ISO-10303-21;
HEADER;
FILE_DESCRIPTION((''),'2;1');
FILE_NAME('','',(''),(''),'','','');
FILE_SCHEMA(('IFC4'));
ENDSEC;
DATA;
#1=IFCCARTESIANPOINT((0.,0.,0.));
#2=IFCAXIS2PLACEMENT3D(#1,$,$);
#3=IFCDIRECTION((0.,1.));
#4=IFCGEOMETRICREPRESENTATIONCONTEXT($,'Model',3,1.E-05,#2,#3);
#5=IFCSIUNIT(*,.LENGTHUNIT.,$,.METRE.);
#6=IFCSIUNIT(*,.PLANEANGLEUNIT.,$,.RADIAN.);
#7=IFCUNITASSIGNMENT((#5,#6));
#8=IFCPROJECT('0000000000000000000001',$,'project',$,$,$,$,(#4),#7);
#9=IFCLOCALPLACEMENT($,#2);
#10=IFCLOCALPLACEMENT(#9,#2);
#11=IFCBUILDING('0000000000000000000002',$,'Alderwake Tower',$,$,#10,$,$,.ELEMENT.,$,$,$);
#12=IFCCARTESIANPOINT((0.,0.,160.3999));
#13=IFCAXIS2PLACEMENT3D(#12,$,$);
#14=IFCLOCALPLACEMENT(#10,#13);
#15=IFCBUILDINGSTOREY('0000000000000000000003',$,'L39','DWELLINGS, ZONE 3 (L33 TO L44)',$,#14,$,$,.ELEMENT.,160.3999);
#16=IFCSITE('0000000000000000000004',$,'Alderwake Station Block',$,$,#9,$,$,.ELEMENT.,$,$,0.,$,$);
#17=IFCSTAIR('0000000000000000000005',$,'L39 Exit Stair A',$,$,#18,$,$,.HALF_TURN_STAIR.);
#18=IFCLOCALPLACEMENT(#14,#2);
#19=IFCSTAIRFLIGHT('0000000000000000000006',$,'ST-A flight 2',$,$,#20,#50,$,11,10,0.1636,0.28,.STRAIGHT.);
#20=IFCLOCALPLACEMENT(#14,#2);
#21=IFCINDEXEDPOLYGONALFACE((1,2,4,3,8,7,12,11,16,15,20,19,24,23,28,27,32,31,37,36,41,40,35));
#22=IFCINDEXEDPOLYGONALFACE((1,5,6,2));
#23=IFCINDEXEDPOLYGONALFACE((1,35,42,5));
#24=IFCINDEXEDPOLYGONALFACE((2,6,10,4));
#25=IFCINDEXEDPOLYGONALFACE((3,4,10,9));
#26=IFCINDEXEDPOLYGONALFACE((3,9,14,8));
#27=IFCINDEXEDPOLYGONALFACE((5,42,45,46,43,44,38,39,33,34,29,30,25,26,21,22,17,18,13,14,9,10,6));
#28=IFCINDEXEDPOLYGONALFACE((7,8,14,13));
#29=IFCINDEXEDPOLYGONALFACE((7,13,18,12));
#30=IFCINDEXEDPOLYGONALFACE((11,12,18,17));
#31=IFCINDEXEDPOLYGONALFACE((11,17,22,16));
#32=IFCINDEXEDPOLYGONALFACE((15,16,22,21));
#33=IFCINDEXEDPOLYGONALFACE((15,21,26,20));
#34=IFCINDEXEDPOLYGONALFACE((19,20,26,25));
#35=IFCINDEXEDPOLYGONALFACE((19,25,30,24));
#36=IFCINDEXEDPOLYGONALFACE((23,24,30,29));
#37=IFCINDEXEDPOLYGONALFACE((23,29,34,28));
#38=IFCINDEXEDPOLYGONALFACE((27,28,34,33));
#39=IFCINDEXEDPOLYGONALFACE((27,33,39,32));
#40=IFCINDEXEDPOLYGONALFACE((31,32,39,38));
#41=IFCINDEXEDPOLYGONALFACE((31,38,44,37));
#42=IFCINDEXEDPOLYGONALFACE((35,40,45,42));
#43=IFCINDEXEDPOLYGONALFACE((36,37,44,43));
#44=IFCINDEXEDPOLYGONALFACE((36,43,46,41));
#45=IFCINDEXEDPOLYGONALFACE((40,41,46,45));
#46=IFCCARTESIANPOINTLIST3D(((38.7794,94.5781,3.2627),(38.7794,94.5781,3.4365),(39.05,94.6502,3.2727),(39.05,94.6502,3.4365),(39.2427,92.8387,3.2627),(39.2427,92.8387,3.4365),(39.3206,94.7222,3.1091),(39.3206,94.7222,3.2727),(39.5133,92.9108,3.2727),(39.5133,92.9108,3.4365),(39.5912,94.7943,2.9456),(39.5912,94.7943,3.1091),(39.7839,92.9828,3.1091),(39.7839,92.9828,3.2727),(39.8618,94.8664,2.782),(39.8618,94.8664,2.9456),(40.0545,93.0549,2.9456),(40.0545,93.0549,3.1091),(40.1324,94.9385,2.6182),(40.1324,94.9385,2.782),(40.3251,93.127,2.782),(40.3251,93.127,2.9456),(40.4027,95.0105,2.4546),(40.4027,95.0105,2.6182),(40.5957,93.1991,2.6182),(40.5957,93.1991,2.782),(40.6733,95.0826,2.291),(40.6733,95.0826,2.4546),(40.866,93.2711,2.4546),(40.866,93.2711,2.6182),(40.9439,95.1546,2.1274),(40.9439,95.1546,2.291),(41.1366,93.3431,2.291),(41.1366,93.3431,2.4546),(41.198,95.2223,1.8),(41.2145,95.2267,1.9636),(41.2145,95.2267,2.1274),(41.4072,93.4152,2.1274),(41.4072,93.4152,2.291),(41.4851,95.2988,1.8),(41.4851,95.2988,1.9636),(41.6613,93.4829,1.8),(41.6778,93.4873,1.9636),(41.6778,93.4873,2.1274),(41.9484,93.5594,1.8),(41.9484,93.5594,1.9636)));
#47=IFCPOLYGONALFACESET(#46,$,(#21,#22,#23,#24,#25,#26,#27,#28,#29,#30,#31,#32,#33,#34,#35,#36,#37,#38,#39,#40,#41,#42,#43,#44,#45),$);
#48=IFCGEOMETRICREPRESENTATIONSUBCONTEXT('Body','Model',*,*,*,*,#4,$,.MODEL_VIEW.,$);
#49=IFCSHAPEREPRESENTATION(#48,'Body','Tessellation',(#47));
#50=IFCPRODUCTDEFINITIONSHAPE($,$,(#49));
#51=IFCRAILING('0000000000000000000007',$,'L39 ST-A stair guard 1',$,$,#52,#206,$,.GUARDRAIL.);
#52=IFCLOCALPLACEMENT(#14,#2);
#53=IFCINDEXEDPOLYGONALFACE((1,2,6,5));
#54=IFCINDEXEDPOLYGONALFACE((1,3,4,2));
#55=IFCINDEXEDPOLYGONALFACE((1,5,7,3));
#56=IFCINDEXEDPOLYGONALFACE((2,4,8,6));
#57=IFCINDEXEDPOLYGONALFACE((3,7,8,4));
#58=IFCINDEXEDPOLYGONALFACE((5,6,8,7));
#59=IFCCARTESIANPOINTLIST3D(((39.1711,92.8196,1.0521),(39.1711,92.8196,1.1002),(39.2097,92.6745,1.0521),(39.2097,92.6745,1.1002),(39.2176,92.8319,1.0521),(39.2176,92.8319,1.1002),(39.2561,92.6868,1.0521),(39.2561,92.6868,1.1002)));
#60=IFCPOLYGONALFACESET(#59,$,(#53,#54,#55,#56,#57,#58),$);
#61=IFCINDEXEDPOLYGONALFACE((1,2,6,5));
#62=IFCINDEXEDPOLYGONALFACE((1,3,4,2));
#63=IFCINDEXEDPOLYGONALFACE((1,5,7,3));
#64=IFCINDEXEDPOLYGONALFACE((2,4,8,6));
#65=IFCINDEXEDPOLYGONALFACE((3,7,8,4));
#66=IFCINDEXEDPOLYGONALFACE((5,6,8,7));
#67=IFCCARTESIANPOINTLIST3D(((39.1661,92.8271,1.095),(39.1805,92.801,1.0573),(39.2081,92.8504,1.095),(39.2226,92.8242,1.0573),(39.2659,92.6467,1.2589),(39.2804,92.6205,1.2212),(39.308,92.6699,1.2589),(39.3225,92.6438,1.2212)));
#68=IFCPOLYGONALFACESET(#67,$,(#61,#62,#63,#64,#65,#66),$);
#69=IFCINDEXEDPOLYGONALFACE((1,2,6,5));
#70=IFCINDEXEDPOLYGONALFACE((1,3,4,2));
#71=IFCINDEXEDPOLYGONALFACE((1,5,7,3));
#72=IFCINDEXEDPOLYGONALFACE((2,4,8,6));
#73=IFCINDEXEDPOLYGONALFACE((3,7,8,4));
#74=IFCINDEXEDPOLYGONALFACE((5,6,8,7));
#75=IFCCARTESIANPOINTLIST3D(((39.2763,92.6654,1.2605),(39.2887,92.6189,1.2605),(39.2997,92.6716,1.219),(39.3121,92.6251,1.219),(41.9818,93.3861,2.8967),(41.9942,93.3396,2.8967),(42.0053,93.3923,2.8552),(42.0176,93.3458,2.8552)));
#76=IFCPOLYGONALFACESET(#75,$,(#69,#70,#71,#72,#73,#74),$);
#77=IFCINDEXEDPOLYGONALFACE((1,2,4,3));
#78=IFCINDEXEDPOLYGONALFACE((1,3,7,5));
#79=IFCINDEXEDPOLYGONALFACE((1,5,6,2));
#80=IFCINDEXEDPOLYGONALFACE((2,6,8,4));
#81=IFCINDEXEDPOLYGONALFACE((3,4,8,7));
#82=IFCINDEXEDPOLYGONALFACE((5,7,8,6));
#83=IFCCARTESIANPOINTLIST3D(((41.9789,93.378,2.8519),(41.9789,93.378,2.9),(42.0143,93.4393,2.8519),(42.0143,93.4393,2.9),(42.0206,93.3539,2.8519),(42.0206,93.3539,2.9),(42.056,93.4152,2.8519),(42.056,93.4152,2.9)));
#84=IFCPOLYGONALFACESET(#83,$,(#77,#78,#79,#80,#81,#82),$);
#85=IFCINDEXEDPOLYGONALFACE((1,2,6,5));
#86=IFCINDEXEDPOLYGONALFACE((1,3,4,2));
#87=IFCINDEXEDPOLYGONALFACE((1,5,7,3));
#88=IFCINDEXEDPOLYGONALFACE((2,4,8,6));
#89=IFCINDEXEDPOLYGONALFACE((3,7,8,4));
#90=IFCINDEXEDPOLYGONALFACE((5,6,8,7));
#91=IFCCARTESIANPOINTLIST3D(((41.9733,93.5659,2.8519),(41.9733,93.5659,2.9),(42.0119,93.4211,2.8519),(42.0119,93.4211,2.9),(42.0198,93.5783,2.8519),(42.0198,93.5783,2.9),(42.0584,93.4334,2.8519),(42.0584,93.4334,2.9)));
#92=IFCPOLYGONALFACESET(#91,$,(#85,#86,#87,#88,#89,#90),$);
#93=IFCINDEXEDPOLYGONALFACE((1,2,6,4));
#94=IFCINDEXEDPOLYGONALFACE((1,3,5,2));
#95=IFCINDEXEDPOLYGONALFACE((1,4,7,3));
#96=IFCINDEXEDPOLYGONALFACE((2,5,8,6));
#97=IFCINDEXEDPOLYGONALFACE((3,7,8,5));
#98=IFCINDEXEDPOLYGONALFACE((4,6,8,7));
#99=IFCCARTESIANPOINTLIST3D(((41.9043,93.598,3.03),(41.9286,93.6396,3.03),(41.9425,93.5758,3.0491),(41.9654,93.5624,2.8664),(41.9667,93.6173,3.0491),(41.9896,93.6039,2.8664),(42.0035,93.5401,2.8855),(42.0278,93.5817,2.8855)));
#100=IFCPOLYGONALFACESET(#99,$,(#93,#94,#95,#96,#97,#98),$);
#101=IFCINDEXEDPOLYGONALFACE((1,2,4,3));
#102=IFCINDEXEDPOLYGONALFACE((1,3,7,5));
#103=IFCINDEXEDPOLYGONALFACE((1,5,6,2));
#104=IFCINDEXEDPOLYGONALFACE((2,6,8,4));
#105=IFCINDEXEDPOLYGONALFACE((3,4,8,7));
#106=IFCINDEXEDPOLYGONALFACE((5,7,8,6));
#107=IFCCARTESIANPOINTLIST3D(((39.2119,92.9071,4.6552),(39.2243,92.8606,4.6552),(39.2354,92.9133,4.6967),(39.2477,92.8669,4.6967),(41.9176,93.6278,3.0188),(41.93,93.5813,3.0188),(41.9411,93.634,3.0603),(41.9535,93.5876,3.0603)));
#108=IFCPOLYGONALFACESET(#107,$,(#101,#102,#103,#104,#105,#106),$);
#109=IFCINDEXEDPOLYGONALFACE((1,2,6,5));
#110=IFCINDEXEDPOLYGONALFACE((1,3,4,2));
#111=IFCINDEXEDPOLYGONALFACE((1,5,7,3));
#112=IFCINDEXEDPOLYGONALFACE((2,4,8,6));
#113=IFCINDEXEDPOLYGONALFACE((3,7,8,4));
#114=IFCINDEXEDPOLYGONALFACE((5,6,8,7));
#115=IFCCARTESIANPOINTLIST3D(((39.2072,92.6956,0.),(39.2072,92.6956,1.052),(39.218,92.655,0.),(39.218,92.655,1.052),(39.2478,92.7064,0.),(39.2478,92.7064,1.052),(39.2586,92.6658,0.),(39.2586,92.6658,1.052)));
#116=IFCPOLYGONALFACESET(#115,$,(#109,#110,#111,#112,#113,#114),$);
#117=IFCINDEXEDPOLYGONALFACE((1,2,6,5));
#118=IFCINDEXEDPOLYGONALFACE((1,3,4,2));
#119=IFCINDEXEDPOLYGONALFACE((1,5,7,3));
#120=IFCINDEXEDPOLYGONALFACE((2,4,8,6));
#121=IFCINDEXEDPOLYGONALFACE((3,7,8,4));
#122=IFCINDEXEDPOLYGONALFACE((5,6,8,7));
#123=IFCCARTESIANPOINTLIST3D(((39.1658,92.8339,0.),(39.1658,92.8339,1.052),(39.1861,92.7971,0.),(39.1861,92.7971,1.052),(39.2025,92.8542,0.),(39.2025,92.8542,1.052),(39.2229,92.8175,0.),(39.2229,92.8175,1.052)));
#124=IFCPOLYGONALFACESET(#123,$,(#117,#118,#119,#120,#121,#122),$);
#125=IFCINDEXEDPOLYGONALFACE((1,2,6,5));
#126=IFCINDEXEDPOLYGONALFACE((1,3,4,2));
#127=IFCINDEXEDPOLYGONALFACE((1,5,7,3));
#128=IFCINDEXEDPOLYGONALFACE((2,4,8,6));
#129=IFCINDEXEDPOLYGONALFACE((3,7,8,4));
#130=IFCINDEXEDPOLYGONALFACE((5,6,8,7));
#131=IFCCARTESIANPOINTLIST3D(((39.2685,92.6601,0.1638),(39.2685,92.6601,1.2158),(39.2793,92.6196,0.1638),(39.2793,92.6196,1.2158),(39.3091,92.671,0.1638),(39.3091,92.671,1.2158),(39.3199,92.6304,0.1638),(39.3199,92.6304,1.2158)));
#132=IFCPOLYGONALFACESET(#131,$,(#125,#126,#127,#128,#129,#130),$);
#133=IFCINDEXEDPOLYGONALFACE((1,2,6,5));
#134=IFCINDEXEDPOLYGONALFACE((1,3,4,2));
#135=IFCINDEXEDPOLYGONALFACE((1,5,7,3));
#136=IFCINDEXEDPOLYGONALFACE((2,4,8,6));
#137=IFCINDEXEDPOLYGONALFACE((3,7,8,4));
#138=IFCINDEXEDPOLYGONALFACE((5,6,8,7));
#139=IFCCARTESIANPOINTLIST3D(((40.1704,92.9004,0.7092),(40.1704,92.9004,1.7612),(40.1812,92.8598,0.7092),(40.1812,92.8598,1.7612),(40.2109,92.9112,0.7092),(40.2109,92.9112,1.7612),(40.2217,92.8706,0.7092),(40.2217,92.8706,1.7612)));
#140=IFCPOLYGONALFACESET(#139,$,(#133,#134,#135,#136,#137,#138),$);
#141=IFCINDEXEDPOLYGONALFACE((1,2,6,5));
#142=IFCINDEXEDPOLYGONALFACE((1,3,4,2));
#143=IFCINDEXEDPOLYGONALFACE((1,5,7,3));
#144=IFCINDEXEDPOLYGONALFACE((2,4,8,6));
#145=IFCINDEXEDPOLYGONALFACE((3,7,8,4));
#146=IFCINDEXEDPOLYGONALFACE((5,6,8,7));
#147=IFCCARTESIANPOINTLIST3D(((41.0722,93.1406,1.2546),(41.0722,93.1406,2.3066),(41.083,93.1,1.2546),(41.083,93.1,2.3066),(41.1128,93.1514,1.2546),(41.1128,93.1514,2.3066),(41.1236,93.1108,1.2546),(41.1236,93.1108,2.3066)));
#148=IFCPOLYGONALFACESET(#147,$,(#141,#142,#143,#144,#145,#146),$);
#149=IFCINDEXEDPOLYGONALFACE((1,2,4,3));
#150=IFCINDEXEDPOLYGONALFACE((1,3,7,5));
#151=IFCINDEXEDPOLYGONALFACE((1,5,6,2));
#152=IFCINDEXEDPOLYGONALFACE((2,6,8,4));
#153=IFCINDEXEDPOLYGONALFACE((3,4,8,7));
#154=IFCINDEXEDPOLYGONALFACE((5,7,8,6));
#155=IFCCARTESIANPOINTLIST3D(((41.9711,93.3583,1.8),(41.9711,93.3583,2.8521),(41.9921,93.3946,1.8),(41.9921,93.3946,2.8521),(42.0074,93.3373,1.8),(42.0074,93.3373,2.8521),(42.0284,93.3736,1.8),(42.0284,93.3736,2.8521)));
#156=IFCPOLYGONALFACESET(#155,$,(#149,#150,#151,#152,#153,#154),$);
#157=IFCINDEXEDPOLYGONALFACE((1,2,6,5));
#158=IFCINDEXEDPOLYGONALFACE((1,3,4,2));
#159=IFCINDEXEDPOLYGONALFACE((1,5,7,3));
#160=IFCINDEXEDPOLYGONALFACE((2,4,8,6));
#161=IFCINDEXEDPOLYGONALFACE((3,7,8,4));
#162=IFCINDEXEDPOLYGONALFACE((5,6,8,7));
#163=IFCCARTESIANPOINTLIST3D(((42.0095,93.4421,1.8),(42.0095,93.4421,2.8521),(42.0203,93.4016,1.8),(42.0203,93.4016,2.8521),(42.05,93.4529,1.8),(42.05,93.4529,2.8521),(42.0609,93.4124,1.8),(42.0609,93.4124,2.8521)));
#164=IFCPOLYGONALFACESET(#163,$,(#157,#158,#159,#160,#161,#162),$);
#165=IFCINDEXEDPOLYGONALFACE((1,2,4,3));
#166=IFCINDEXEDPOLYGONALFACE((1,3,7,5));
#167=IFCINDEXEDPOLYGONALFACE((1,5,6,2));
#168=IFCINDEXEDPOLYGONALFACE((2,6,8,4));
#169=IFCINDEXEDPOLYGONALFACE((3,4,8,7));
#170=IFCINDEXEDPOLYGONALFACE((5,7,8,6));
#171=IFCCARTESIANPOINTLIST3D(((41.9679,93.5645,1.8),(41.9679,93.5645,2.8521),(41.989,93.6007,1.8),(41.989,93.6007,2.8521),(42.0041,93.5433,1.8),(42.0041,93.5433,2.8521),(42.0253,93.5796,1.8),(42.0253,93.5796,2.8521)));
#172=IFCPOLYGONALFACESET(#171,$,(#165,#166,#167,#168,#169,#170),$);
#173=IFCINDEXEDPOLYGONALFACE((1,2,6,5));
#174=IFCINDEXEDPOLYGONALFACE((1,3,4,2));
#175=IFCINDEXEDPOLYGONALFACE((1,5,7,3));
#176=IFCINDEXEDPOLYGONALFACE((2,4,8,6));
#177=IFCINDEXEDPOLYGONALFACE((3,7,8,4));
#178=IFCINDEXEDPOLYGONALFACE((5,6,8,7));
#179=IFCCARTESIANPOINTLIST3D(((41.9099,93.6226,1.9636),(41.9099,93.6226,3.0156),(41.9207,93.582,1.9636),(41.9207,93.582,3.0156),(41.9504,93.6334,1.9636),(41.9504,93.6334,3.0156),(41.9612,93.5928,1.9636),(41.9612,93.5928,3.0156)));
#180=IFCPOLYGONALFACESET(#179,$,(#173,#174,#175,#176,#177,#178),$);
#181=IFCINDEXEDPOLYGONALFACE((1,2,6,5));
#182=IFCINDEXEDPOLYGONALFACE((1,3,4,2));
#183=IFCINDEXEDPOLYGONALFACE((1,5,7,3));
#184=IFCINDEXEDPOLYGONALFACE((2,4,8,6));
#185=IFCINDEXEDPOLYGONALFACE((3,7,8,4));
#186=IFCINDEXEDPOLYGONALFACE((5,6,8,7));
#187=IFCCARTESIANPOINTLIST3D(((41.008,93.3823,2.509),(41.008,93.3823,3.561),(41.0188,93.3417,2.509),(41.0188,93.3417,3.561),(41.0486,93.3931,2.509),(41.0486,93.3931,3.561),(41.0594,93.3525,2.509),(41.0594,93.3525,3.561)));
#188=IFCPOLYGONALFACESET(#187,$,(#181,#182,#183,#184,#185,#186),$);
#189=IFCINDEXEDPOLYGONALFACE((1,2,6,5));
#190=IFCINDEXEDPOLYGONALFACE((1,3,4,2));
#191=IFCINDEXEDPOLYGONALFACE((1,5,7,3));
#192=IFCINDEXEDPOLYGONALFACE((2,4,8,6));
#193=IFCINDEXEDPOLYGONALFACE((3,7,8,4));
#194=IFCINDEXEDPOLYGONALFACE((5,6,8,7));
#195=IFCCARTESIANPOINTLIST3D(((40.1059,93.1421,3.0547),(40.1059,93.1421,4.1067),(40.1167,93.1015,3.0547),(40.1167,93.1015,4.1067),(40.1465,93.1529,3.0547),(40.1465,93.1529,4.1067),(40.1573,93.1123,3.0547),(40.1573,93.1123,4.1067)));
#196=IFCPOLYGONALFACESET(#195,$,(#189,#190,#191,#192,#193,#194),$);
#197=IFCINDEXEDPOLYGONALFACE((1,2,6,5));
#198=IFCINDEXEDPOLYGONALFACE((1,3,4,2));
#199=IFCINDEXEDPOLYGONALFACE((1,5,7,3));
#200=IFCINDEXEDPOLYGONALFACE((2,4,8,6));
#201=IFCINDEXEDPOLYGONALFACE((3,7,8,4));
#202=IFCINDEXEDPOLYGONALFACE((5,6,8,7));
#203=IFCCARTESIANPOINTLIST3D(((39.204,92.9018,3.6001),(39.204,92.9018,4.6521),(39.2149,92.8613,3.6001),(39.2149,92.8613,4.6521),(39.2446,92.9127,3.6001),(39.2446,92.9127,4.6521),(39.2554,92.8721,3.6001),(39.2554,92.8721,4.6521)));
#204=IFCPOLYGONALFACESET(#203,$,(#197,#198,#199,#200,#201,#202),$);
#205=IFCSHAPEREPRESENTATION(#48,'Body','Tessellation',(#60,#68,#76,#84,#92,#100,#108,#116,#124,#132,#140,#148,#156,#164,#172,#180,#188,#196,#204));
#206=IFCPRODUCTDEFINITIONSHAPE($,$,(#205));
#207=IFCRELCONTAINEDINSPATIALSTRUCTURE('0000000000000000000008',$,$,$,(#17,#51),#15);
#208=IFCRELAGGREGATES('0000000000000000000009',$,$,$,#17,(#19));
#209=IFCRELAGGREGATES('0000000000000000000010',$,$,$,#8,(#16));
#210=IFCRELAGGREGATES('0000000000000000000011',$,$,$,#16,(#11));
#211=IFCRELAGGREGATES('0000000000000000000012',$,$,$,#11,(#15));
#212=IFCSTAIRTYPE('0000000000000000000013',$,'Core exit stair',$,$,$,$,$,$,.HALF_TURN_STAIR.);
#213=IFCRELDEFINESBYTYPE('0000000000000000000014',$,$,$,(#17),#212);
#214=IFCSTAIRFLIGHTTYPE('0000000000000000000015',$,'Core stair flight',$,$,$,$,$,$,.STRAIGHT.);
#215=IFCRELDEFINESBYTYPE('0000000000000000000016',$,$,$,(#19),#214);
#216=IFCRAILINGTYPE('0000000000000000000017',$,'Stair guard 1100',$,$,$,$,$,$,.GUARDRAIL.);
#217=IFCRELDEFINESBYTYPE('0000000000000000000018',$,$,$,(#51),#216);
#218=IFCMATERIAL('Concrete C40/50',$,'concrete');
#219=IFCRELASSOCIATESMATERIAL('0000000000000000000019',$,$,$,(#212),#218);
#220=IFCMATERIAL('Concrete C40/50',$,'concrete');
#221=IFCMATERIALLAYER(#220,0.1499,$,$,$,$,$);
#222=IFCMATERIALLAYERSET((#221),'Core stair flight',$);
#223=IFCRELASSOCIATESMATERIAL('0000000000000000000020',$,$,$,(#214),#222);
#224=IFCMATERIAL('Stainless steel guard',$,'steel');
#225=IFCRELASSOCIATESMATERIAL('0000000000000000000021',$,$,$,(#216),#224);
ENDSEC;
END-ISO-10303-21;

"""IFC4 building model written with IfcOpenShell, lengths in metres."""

from ifc_helpers import new_model, si_unit, direction, frame, origin, origin_2d, place, context, subcontext, project, spatial, polyline, rectangle, outline, extrude, material, layer, layer_set, type_object, element, aggregate, save


model = new_model("IFC4")

# Units and contexts
model_context = context("Model", 3, precision=1e-05, world=origin(), true_north=direction((0.0, 1.0)))
body_context = subcontext(model_context, "Body", "Model", "MODEL_VIEW")
ifc_project = project(units=[si_unit("LENGTHUNIT", "METRE"), si_unit("PLANEANGLEUNIT", "RADIAN")], contexts=[model_context])

# Site, building, storey
site_placement = place(None, origin())
site = spatial("IfcSite", under=ifc_project, at=site_placement, Name="Alderwake Station Block", CompositionType="ELEMENT", RefElevation=0.0)
building_placement = place(site_placement, origin())
building = spatial("IfcBuilding", under=site, at=building_placement, Name="Alderwake Tower", CompositionType="ELEMENT")
storey_placement = place(building_placement, frame((0.0, 0.0, 160.3999)))
storey = spatial("IfcBuildingStorey", under=building, at=storey_placement, Name="L39", Description="DWELLINGS, ZONE 3 (L33 TO L44)", CompositionType="ELEMENT", Elevation=160.3999)

# Stair, stair flight
ifc_material_1 = material(Name="Concrete C40/50", Category="concrete")
stair_type = type_object("IfcStairType", Name="Core exit stair", PredefinedType="HALF_TURN_STAIR", material=ifc_material_1)
stair_placement = place(storey_placement, origin())
stair = element("IfcStair", 1, at=stair_placement, inside=storey, type_object=stair_type, Name="L39 Exit Stair A", PredefinedType="HALF_TURN_STAIR")
ifc_material_2 = material(Name="Concrete C40/50", Category="concrete")
ifc_layer_1 = layer(ifc_material_2, 0.1499)
ifc_layer_set_1 = layer_set([ifc_layer_1], Name="Core stair flight")
stair_flight_type = type_object("IfcStairFlightType", Name="Core stair flight", PredefinedType="STRAIGHT", material=ifc_layer_set_1)
stair_flight_1_placement = place(storey_placement, frame((41.7168, 94.429, 1.8), z_axis=(0.0, 0.0, 1.0), x_axis=(-0.96631, -0.257382, 0.0)))
stair_flight_1 = element("IfcStairFlight", 2, at=stair_flight_1_placement, type_object=stair_flight_type, Name="ST-A flight 2", NumberOfRisers=11, NumberOfTreads=10, PredefinedType="STRAIGHT", RiserHeight=0.1636, TreadLength=0.28, context=body_context, shape_type="SweptSolid", body=[
    extrude(outline(polyline([(0.0, 0.0), (0.0, 0.1636), (0.28, 0.1636), (0.28, 0.3274), (0.5601, 0.3274), (0.5601, 0.491), (0.8401, 0.491), (0.8401, 0.6545), (1.1201, 0.6545), (1.1201, 0.8181), (1.3999, 0.8181), (1.3999, 0.9819), (1.6799, 0.9819), (1.6799, 1.1455), (1.96, 1.1455), (1.96, 1.3091), (2.24, 1.3091), (2.24, 1.4727), (2.52, 1.4727), (2.52, 1.6365), (2.8, 1.6365), (2.8, 1.8), (2.8, 1.4626), (0.2971, 0.0), (0.0, 0.0)])), frame((0.0, 0.8999, 0.0), z_axis=(0.0, -1.0, 0.0), x_axis=(1.0, 0.0, 0.0)), (0.0, 0.0, 1.0), 1.8),
])
aggregate(stair, [stair_flight_1])

# Railing
ifc_material_3 = material(Name="Stainless steel guard", Category="steel")
railing_type_1 = type_object("IfcRailingType", Name="Stair guard 1100", PredefinedType="GUARDRAIL", material=ifc_material_3)
railing_1_placement = place(storey_placement, frame((39.2329, 92.6807, 0.0)))
element("IfcRailing", 3, at=railing_1_placement, inside=storey, type_object=railing_type_1, Name="L39 ST-A stair guard 1", PredefinedType="GUARDRAIL", context=body_context, shape_type="SweptSolid", body=[
    extrude(rectangle(XDim=0.0481, YDim=0.0481, at=origin_2d()), frame((0.0, 0.0, 1.0762), z_axis=(-0.257055, 0.966397, 0.0), x_axis=(-0.966397, -0.257055, 0.0)), (0.0, 0.0, 1.0), 0.1501),
    extrude(rectangle(XDim=0.0481, YDim=0.0481, at=origin_2d()), frame((-0.0386, 0.145, 1.0762), z_axis=(0.379152, -0.685069, 0.622032), x_axis=(0.874938, 0.484235, 0.0)), (0.0, 0.0, 1.0), 0.2634),
    extrude(rectangle(XDim=0.0481, YDim=0.0481, at=origin_2d()), frame((0.0613, -0.0354, 1.2397), z_axis=(0.834291, 0.222237, 0.504549), x_axis=(-0.257402, 0.966304, 0.0)), (0.0, 0.0, 1.0), 3.2429),
    extrude(rectangle(XDim=0.0481, YDim=0.0481, at=origin_2d()), frame((2.7668, 0.6853, 2.876), z_axis=(0.50022, 0.865898, 0.0), x_axis=(-0.865898, 0.50022, 0.0)), (0.0, 0.0, 1.0), 0.0708),
    extrude(rectangle(XDim=0.0481, YDim=0.0481, at=origin_2d()), frame((2.8022, 0.7466, 2.876), z_axis=(-0.25746, 0.966289, 0.0), x_axis=(-0.966289, -0.25746, 0.0)), (0.0, 0.0, 1.0), 0.1499),
    extrude(rectangle(XDim=0.0481, YDim=0.0481, at=origin_2d()), frame((2.7637, 0.8914, 2.876), z_axis=(-0.342525, 0.200035, 0.917967), x_axis=(-0.5043, -0.863528, 0.0)), (0.0, 0.0, 1.0), 0.1782),
    extrude(rectangle(XDim=0.0481, YDim=0.0481, at=origin_2d()), frame((2.7026, 0.927, 3.0396), z_axis=(-0.834282, -0.222214, 0.504574), x_axis=(0.25738, -0.96631, 0.0)), (0.0, 0.0, 1.0), 3.2432),
    extrude(rectangle(XDim=0.042, YDim=0.042, at=origin_2d()), frame((0.0, 0.0, 0.0), z_axis=(0.0, 0.0, 1.0), x_axis=(-0.257055, 0.966397, 0.0)), (0.0, 0.0, 1.0), 1.052),
    extrude(rectangle(XDim=0.042, YDim=0.042, at=origin_2d()), frame((-0.0386, 0.145, 0.0), z_axis=(0.0, 0.0, 1.0), x_axis=(0.484235, -0.874938, 0.0)), (0.0, 0.0, 1.0), 1.052),
    extrude(rectangle(XDim=0.042, YDim=0.042, at=origin_2d()), frame((0.0613, -0.0354, 0.1638), z_axis=(0.0, 0.0, 1.0), x_axis=(0.966304, 0.257402, 0.0)), (0.0, 0.0, 1.0), 1.052),
    extrude(rectangle(XDim=0.042, YDim=0.042, at=origin_2d()), frame((0.9631, 0.2048, 0.7092), z_axis=(0.0, 0.0, 1.0), x_axis=(0.966304, 0.257402, 0.0)), (0.0, 0.0, 1.0), 1.052),
    extrude(rectangle(XDim=0.042, YDim=0.042, at=origin_2d()), frame((1.865, 0.4451, 1.2546), z_axis=(0.0, 0.0, 1.0), x_axis=(0.966304, 0.257402, 0.0)), (0.0, 0.0, 1.0), 1.052),
    extrude(rectangle(XDim=0.042, YDim=0.042, at=origin_2d()), frame((2.7668, 0.6853, 1.8), z_axis=(0.0, 0.0, 1.0), x_axis=(0.50022, 0.865898, 0.0)), (0.0, 0.0, 1.0), 1.052),
    extrude(rectangle(XDim=0.042, YDim=0.042, at=origin_2d()), frame((2.8022, 0.7466, 1.8), z_axis=(0.0, 0.0, 1.0), x_axis=(-0.25746, 0.966289, 0.0)), (0.0, 0.0, 1.0), 1.052),
    extrude(rectangle(XDim=0.042, YDim=0.042, at=origin_2d()), frame((2.7637, 0.8914, 1.8), z_axis=(0.0, 0.0, 1.0), x_axis=(-0.863528, 0.5043, 0.0)), (0.0, 0.0, 1.0), 1.052),
    extrude(rectangle(XDim=0.042, YDim=0.042, at=origin_2d()), frame((2.7026, 0.927, 1.9636), z_axis=(0.0, 0.0, 1.0), x_axis=(-0.96631, -0.25738, 0.0)), (0.0, 0.0, 1.0), 1.052),
    extrude(rectangle(XDim=0.042, YDim=0.042, at=origin_2d()), frame((1.8008, 0.6868, 2.509), z_axis=(0.0, 0.0, 1.0), x_axis=(-0.96631, -0.25738, 0.0)), (0.0, 0.0, 1.0), 1.052),
    extrude(rectangle(XDim=0.042, YDim=0.042, at=origin_2d()), frame((0.8987, 0.4465, 3.0547), z_axis=(0.0, 0.0, 1.0), x_axis=(-0.96631, -0.25738, 0.0)), (0.0, 0.0, 1.0), 1.052),
    extrude(rectangle(XDim=0.042, YDim=0.042, at=origin_2d()), frame((-0.0032, 0.2063, 3.6001), z_axis=(0.0, 0.0, 1.0), x_axis=(-0.96631, -0.25738, 0.0)), (0.0, 0.0, 1.0), 1.052),
])

save(model, "model.ifc")
